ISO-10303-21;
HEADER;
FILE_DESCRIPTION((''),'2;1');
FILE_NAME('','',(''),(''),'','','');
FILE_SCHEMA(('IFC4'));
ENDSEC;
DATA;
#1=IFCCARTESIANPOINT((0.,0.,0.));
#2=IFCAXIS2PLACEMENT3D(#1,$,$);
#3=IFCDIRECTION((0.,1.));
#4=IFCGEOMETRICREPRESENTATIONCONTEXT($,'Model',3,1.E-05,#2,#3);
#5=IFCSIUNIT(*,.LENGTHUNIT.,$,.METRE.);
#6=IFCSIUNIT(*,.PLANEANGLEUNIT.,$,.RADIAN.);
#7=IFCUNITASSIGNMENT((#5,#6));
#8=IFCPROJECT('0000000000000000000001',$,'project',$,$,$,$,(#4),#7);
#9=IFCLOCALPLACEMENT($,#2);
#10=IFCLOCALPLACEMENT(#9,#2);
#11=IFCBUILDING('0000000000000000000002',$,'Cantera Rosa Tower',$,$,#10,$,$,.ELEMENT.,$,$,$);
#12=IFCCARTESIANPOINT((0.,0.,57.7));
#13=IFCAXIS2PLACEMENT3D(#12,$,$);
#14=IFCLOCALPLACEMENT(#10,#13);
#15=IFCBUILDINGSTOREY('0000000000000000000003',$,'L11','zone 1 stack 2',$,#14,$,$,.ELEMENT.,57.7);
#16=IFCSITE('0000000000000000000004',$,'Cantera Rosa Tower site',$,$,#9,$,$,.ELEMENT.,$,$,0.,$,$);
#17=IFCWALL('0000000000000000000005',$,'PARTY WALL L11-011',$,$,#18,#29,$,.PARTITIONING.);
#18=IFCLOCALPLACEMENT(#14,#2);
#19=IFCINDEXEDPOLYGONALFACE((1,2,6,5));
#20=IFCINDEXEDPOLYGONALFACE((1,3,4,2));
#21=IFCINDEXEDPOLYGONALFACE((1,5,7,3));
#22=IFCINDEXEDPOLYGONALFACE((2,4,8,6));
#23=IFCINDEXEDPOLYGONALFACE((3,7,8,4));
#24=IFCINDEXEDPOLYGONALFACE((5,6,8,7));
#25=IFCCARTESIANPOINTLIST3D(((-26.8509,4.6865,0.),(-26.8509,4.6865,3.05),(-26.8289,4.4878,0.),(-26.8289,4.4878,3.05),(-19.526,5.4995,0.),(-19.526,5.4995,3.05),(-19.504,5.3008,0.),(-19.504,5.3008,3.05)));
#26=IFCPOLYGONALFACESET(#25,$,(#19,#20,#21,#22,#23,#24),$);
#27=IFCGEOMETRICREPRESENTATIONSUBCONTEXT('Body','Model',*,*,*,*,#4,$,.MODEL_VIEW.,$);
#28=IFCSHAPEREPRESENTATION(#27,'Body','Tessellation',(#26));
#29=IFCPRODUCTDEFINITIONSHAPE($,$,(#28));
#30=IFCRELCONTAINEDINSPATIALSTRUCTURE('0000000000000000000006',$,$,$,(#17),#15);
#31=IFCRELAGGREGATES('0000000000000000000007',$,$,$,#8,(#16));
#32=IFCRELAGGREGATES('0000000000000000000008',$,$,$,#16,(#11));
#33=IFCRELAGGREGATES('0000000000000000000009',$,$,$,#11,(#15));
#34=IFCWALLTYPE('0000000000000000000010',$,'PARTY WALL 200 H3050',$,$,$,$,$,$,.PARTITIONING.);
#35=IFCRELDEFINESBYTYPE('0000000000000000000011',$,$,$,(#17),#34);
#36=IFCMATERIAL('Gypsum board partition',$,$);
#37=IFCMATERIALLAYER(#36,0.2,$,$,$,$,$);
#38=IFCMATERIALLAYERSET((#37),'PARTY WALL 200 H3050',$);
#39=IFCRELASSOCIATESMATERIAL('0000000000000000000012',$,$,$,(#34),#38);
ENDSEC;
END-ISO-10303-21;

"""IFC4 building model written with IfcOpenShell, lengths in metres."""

from ifc_helpers import new_model, si_unit, direction, frame, frame_2d, origin, place, context, subcontext, project, spatial, rectangle, extrude, material, layer, layer_set, type_object, element, save


model = new_model("IFC4")

# Units and contexts
model_context = context("Model", 3, precision=1e-05, world=origin(), true_north=direction((0.0, 1.0)))
body_context = subcontext(model_context, "Body", "Model", "MODEL_VIEW")
ifc_project = project(units=[si_unit("LENGTHUNIT", "METRE"), si_unit("PLANEANGLEUNIT", "RADIAN")], contexts=[model_context])

# Site, building, storey
site_placement = place(None, origin())
site = spatial("IfcSite", under=ifc_project, at=site_placement, Name="Cantera Rosa Tower site", CompositionType="ELEMENT", RefElevation=0.0)
building_placement = place(site_placement, origin())
building = spatial("IfcBuilding", under=site, at=building_placement, Name="Cantera Rosa Tower", CompositionType="ELEMENT")
storey_placement = place(building_placement, frame((0.0, 0.0, 57.7)))
storey = spatial("IfcBuildingStorey", under=building, at=storey_placement, Name="L11", Description="zone 1 stack 2", CompositionType="ELEMENT", Elevation=57.7)

# Wall
ifc_material_1 = material(Name="Gypsum board partition")
ifc_layer_1 = layer(ifc_material_1, 0.2)
ifc_layer_set_1 = layer_set([ifc_layer_1], Name="PARTY WALL 200 H3050")
wall_type_1 = type_object("IfcWallType", Name="PARTY WALL 200 H3050", PredefinedType="PARTITIONING", material=ifc_layer_set_1)
wall_1_placement = place(storey_placement, frame((-19.5149, 5.4001, 0.0), z_axis=(0.0, 0.0, 1.0), x_axis=(-0.993897, -0.110312, 0.0)))
element("IfcWall", 1, at=wall_1_placement, inside=storey, type_object=wall_type_1, Name="PARTY WALL L11-011", PredefinedType="PARTITIONING", context=body_context, shape_type="SweptSolid", body=[
    extrude(rectangle(XDim=7.3699, YDim=0.2, at=frame_2d((3.6851, 0.0))), origin(), (0.0, 0.0, 1.0), 3.05),
])

save(model, "model.ifc")
